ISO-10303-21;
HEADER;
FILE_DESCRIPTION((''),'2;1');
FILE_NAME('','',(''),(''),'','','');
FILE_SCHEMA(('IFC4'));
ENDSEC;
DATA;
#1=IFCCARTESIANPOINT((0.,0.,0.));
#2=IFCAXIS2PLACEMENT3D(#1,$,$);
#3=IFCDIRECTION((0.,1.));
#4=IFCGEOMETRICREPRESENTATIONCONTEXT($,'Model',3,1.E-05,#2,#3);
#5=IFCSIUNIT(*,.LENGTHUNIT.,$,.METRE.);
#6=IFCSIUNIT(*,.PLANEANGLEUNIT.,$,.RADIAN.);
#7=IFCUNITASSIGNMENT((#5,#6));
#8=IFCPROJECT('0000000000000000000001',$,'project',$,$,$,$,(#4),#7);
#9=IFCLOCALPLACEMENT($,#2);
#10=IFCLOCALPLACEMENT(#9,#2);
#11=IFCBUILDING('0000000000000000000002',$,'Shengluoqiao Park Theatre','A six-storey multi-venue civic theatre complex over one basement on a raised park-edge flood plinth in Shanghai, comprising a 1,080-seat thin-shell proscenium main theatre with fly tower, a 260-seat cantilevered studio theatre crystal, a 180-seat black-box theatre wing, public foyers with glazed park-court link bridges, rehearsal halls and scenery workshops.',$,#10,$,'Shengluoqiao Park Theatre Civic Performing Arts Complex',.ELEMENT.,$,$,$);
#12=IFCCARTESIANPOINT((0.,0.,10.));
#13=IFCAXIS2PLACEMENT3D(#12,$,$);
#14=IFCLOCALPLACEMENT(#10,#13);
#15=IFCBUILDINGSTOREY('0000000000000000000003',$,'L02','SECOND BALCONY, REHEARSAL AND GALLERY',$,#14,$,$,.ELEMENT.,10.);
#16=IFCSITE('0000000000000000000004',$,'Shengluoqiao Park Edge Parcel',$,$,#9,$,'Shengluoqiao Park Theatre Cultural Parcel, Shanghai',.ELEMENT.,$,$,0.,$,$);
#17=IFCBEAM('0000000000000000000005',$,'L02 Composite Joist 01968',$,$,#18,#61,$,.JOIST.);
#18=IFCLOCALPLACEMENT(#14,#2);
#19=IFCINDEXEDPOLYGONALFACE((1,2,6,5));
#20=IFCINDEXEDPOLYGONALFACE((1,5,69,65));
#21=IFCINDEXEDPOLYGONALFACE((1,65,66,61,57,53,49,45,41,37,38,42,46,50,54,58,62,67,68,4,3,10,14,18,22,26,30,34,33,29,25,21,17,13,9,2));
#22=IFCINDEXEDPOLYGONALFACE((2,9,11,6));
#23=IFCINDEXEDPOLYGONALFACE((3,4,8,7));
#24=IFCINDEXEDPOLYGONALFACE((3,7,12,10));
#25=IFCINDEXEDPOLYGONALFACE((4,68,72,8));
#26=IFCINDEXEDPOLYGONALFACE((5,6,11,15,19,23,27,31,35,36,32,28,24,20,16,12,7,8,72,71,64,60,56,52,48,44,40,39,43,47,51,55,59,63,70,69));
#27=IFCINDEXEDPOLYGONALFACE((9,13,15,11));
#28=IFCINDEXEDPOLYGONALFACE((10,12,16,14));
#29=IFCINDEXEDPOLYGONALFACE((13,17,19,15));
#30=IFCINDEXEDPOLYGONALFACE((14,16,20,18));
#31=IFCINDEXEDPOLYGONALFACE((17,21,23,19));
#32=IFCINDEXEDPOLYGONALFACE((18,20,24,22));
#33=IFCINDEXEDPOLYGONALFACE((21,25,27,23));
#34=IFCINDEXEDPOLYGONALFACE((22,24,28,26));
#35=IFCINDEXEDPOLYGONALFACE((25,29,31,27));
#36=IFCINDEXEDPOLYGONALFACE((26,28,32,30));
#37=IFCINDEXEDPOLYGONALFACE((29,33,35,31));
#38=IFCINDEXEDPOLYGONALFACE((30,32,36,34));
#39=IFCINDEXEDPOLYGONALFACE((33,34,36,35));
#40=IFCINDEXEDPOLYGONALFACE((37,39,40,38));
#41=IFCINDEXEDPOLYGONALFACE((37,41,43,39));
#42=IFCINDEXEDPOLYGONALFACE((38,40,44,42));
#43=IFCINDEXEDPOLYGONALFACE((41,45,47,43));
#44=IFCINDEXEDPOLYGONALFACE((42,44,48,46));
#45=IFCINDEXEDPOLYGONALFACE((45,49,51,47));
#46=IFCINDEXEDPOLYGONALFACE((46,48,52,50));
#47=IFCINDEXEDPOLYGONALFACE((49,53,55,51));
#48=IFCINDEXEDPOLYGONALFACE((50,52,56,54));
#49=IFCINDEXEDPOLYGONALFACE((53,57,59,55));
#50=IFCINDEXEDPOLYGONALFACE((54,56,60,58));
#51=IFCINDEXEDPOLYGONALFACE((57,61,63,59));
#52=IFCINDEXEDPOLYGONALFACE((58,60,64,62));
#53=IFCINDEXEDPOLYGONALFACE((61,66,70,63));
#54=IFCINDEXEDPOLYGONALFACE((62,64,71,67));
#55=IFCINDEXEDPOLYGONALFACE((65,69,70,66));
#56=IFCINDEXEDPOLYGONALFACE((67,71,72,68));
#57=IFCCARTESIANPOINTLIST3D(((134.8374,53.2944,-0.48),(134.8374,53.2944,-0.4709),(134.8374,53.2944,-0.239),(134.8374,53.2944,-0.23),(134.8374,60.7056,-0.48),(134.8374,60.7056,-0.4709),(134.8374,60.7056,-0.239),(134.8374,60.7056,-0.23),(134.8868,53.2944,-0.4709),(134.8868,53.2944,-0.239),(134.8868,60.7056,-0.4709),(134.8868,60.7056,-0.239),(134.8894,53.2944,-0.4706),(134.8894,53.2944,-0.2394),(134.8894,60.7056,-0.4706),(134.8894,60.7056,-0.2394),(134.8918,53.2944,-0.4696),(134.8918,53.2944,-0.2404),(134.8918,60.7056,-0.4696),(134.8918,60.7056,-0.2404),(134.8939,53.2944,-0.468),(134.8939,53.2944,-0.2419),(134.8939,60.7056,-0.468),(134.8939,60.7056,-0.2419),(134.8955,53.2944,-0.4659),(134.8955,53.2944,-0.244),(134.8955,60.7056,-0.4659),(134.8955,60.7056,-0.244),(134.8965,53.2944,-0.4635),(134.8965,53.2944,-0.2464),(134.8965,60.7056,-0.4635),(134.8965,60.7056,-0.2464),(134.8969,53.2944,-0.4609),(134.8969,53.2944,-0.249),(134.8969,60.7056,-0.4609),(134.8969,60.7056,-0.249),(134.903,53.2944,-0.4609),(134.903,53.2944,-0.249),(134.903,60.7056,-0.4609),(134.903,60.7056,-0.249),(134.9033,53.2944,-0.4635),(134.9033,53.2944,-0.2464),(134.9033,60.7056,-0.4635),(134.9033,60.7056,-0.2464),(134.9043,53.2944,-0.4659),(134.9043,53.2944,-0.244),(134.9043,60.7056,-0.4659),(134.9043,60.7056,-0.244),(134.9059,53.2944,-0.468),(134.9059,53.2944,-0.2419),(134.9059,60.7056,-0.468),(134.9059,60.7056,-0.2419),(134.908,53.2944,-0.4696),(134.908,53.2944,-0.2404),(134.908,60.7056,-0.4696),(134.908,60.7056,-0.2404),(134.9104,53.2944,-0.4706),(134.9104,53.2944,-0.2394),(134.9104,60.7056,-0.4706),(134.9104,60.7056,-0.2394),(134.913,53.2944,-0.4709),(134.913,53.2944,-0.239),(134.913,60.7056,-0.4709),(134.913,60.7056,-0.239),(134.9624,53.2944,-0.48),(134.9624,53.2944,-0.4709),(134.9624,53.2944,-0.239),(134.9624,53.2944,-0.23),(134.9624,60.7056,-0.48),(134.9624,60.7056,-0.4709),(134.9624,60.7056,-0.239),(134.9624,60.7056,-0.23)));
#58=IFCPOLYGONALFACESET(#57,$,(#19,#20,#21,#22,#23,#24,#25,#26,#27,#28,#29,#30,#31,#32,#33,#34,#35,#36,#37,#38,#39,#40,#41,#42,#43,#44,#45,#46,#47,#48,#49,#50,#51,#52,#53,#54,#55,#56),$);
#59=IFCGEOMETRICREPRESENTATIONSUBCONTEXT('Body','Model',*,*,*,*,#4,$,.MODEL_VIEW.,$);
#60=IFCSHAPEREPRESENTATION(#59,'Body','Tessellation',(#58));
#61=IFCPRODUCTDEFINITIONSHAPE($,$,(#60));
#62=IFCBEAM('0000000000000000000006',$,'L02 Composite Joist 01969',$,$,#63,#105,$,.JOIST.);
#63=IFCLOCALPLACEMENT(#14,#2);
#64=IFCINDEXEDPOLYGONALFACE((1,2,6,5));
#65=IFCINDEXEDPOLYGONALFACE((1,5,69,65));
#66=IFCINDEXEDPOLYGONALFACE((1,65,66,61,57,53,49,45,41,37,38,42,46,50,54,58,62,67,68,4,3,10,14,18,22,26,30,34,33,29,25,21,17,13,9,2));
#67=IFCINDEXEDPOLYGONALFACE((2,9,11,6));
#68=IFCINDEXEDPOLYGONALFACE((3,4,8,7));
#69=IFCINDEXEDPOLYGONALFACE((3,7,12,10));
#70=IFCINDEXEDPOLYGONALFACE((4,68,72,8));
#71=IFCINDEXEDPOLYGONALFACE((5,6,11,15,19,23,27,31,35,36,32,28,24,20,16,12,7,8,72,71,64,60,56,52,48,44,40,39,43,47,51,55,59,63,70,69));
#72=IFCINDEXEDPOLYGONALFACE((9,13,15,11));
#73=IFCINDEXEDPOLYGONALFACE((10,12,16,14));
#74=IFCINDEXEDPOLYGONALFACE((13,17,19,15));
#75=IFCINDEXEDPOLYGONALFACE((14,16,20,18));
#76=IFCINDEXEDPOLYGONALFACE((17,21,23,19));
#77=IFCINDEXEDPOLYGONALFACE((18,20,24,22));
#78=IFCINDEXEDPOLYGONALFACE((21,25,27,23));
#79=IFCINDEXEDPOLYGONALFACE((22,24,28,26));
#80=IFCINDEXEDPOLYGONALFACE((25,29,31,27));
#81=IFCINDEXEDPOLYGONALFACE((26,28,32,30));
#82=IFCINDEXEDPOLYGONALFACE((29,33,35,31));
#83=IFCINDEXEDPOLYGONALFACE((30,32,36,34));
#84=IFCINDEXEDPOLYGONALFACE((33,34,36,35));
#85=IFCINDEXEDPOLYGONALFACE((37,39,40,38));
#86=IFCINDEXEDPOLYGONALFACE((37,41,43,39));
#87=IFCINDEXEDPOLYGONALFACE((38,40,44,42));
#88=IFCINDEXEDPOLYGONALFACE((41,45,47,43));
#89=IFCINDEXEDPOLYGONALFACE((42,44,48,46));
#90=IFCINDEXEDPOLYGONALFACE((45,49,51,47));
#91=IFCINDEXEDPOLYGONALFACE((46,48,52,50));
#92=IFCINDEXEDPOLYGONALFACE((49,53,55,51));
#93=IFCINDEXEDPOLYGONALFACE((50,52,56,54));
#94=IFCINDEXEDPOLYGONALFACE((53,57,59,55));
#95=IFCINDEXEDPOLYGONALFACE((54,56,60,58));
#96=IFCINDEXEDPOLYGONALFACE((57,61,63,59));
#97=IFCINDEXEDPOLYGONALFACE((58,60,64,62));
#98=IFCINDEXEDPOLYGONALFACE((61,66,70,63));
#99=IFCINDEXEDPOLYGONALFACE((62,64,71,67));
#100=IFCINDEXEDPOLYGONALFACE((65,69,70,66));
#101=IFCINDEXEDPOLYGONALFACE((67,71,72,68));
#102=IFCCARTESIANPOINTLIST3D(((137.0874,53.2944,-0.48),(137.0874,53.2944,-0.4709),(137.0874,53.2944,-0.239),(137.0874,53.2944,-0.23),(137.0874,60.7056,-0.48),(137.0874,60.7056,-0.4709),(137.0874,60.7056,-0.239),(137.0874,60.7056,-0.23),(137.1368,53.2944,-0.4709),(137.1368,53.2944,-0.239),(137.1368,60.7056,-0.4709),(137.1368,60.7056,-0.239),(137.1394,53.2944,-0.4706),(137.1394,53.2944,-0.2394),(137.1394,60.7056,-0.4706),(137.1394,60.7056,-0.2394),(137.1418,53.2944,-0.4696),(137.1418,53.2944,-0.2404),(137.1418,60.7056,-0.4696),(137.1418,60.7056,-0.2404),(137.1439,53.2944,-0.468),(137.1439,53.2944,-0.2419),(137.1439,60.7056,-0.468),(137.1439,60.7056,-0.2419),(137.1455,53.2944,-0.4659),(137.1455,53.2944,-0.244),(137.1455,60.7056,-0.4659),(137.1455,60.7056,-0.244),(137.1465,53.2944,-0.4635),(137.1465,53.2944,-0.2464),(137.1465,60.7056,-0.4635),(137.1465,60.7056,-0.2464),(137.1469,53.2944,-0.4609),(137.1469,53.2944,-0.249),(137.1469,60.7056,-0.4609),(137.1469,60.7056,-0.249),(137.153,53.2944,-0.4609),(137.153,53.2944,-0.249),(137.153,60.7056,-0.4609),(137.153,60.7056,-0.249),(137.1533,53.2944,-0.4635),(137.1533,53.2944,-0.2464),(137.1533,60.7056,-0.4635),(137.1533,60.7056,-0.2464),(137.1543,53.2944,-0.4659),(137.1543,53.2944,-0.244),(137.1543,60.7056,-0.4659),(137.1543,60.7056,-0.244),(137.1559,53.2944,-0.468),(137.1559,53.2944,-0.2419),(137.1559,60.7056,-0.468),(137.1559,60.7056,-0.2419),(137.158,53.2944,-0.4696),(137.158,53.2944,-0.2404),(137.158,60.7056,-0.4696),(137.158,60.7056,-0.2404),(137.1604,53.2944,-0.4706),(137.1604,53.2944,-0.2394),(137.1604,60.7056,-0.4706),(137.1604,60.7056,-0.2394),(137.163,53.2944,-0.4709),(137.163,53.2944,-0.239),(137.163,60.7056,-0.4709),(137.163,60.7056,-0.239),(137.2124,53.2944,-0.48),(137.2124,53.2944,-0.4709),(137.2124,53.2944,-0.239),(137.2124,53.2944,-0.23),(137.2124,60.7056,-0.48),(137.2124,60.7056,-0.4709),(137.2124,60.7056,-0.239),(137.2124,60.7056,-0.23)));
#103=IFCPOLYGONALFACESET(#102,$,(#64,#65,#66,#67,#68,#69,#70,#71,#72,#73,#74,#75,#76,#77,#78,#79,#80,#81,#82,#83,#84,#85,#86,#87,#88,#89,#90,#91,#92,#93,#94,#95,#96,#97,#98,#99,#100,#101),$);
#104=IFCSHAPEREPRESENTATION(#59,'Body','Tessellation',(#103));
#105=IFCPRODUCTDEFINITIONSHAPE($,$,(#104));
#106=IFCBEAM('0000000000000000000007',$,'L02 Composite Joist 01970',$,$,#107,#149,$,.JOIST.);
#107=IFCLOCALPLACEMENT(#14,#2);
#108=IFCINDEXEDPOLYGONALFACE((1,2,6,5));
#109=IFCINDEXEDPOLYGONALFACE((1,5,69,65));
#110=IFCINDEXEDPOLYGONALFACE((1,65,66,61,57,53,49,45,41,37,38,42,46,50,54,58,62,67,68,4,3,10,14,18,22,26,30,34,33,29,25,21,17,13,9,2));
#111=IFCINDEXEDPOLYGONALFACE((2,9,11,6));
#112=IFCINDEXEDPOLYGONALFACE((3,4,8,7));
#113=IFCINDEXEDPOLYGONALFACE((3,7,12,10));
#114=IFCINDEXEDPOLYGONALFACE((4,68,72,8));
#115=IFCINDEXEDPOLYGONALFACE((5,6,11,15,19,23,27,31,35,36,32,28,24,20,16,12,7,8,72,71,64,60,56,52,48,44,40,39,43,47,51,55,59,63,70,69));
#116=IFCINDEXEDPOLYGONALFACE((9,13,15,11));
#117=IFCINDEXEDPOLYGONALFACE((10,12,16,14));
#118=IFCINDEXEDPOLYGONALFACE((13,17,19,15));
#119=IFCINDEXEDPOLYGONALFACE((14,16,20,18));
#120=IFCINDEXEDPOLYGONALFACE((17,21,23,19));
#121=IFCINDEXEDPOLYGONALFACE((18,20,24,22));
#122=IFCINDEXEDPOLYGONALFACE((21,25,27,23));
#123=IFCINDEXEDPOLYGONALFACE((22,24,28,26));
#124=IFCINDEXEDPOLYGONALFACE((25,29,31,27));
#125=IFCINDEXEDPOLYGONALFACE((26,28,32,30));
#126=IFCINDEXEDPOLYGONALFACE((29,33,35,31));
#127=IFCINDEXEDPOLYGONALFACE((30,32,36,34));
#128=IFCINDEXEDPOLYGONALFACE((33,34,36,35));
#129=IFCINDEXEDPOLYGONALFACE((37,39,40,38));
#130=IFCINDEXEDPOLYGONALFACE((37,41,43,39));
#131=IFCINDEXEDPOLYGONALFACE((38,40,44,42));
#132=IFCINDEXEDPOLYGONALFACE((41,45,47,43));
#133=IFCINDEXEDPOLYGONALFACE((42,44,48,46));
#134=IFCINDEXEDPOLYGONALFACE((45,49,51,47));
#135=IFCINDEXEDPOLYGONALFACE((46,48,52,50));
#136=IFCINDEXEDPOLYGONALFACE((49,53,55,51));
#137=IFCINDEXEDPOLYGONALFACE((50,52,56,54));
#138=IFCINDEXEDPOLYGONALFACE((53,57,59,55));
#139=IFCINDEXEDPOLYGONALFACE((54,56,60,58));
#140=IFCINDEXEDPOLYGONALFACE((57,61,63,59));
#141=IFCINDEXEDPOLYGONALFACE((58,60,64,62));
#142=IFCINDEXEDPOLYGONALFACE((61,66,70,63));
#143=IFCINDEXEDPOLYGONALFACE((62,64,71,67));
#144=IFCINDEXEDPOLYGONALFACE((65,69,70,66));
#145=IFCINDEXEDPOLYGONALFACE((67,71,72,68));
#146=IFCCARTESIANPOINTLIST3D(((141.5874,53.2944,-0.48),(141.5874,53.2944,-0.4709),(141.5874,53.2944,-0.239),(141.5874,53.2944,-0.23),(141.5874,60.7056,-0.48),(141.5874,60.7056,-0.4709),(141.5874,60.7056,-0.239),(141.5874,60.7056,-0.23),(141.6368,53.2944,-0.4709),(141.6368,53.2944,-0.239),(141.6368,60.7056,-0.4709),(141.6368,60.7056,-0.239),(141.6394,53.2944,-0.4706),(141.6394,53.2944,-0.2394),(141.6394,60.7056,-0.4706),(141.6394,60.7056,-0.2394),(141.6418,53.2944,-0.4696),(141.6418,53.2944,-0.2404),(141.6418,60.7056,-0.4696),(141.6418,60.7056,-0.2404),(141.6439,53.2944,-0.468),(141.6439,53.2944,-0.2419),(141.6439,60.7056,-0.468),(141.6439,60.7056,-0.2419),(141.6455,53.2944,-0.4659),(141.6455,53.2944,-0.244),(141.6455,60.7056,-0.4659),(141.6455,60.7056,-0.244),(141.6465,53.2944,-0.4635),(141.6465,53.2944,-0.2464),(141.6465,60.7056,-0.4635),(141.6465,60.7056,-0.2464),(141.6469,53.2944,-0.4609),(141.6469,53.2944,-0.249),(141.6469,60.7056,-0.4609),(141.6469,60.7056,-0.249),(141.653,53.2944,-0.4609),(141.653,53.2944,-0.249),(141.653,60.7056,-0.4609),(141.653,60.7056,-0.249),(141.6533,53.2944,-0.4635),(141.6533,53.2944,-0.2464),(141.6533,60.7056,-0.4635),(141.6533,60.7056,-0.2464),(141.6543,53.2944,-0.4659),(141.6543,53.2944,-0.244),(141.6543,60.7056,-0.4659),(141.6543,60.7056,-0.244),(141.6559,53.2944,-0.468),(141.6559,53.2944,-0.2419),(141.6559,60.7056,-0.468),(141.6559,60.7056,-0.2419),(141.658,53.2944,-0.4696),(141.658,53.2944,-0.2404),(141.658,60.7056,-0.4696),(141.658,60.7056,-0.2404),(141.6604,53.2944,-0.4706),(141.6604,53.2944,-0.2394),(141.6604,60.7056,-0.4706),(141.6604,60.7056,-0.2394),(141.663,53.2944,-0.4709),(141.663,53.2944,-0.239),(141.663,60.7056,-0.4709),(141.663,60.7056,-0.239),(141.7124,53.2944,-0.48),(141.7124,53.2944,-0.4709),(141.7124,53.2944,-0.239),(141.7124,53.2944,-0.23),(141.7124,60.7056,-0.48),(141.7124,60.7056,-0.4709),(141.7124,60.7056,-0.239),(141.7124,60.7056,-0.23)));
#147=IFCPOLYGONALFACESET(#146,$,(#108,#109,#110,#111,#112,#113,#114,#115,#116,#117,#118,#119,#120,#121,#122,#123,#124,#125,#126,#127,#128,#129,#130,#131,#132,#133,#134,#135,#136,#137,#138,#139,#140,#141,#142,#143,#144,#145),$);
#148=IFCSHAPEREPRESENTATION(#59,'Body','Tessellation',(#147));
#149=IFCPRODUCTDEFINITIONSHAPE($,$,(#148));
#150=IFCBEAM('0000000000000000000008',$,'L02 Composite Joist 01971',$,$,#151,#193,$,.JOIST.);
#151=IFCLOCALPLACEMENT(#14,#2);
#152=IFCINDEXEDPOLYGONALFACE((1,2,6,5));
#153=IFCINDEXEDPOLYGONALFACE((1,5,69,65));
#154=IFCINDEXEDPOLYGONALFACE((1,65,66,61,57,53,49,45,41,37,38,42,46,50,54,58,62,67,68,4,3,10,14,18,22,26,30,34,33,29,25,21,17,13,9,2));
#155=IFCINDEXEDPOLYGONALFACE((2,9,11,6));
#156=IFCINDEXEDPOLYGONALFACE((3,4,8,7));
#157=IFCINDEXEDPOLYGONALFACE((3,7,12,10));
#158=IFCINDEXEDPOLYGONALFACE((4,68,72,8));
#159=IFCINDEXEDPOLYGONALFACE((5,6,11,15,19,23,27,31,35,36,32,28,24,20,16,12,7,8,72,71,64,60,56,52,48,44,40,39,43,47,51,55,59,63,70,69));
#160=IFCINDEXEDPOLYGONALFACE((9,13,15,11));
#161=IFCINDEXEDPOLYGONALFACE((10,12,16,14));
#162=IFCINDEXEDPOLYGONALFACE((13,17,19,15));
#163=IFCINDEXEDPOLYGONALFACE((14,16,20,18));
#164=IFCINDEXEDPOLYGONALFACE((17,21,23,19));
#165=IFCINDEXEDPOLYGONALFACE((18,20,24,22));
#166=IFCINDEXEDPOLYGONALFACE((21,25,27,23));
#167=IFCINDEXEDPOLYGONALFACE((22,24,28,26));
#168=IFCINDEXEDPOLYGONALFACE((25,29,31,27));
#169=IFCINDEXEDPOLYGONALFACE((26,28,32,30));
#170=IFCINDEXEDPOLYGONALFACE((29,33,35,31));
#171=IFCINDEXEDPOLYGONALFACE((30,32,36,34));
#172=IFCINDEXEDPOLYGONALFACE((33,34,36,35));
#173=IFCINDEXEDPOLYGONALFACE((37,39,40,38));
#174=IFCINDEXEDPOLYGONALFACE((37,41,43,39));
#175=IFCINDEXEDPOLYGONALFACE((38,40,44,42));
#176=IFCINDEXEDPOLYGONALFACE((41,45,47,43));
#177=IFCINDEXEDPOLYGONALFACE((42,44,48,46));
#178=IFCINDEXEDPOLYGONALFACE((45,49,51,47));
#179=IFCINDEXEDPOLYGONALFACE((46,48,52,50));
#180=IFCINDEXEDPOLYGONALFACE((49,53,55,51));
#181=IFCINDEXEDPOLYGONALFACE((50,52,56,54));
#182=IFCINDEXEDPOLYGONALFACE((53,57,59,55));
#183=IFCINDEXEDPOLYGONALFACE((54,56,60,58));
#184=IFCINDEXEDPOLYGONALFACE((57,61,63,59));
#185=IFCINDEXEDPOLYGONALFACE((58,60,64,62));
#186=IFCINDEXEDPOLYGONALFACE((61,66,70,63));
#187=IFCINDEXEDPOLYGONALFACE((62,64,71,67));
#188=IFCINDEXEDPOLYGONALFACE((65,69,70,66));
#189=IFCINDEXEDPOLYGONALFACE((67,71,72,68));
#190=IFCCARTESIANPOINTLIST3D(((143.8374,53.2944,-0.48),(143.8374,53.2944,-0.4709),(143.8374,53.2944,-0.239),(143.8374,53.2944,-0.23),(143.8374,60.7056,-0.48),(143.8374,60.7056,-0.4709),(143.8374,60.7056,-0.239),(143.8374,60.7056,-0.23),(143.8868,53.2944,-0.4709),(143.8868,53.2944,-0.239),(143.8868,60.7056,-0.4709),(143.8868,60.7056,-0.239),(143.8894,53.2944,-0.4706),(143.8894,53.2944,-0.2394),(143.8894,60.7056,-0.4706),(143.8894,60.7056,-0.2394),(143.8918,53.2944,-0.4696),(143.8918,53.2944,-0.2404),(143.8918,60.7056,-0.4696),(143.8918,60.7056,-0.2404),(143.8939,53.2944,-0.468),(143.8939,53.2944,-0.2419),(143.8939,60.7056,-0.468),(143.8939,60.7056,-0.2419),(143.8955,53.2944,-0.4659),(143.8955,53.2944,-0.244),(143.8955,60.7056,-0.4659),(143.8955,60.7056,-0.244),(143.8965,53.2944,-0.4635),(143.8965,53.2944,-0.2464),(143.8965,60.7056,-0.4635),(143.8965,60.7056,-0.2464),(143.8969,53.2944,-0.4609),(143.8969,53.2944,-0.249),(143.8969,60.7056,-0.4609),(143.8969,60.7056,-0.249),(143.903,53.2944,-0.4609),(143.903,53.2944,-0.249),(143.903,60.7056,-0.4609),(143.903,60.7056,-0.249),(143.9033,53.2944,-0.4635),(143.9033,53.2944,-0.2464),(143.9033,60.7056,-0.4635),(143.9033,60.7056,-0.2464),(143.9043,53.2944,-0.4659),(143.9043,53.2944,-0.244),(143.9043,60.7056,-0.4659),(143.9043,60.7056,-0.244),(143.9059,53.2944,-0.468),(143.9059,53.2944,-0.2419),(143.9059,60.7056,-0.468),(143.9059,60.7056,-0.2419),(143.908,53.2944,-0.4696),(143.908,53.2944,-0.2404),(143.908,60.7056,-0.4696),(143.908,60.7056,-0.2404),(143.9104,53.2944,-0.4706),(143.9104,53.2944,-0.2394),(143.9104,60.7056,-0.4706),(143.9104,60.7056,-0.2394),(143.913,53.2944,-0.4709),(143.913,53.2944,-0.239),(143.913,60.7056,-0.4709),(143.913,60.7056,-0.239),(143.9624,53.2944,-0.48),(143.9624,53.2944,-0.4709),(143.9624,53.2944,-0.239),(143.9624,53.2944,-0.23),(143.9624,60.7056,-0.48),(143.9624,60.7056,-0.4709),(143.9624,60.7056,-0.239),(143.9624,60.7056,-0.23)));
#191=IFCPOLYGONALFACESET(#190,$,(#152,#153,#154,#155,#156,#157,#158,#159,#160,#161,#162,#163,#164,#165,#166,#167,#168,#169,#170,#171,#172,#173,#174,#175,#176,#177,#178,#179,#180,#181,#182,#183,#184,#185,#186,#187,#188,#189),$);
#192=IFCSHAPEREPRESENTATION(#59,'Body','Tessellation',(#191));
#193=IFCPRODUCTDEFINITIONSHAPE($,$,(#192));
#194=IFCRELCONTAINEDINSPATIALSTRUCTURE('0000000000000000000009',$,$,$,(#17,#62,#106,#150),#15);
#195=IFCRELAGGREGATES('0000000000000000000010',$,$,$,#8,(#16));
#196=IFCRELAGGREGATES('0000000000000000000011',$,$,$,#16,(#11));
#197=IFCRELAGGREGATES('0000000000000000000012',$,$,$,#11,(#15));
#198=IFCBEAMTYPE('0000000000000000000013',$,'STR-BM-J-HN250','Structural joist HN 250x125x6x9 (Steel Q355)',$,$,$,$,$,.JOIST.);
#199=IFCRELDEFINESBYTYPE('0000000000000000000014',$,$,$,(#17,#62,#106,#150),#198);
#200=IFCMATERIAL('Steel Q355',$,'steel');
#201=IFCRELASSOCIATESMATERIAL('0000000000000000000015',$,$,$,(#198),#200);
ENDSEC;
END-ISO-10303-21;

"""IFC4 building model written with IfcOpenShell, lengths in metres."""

from ifc_helpers import new_model, si_unit, direction, frame, origin, origin_2d, place, context, subcontext, project, spatial, i_section, extrude, material, material_profile, profile_set, type_object, element, save


model = new_model("IFC4")

# Units and contexts
model_context = context("Model", 3, precision=1e-05, world=origin(), true_north=direction((0.0, 1.0)))
body_context = subcontext(model_context, "Body", "Model", "MODEL_VIEW")
ifc_project = project(units=[si_unit("LENGTHUNIT", "METRE"), si_unit("PLANEANGLEUNIT", "RADIAN")], contexts=[model_context])

# Site, building, storey
site_placement = place(None, origin())
site = spatial("IfcSite", under=ifc_project, at=site_placement, Name="Shengluoqiao Park Edge Parcel", LongName="Shengluoqiao Park Theatre Cultural Parcel, Shanghai", CompositionType="ELEMENT", RefElevation=0.0)
building_placement = place(site_placement, origin())
building = spatial("IfcBuilding", under=site, at=building_placement, Name="Shengluoqiao Park Theatre", Description="A six-storey multi-venue civic theatre complex over one basement on a raised park-edge flood plinth in Shanghai, comprising a 1,080-seat thin-shell proscenium main theatre with fly tower, a 260-seat cantilevered studio theatre crystal, a 180-seat black-box theatre wing, public foyers with glazed park-court link bridges, rehearsal halls and scenery workshops.", LongName="Shengluoqiao Park Theatre Civic Performing Arts Complex", CompositionType="ELEMENT")
storey_placement = place(building_placement, frame((0.0, 0.0, 10.0)))
storey = spatial("IfcBuildingStorey", under=building, at=storey_placement, Name="L02", Description="SECOND BALCONY, REHEARSAL AND GALLERY", CompositionType="ELEMENT", Elevation=10.0)

# Beams
ifc_material_1 = material(Name="Steel Q355", Category="steel")
ifc_material_profile_1 = material_profile(ifc_material_1, i_section(OverallWidth=0.125, OverallDepth=0.25, WebThickness=0.0061, FlangeThickness=0.009, FilletRadius=0.01, at=origin_2d()), Name="HN 250x125x6x9")
ifc_profile_set_1 = profile_set([ifc_material_profile_1], Name="Steel Q355")
beam_type_1 = type_object("IfcBeamType", Name="STR-BM-J-HN250", Description="Structural joist HN 250x125x6x9 (Steel Q355)", PredefinedType="JOIST", material=ifc_profile_set_1)
for number, where, z_axis, x_axis, name in (
    (1, (134.8999, 53.2944, -0.355), (0.0, 1.0, 0.0), (-1.0, 0.0, 0.0), "L02 Composite Joist 01968"),
    (2, (137.1499, 53.2944, -0.355), (0.0, 1.0, 0.0), (-1.0, 0.0, 0.0), "L02 Composite Joist 01969"),
    (3, (141.6499, 53.2944, -0.355), (0.0, 1.0, 0.0), (-1.0, 0.0, 0.0), "L02 Composite Joist 01970"),
    (4, (143.8999, 53.2944, -0.355), (0.0, 1.0, 0.0), (-1.0, 0.0, 0.0), "L02 Composite Joist 01971"),
):
    element("IfcBeam", number, at=place(storey_placement, frame(where, z_axis=z_axis, x_axis=x_axis)), inside=storey, type_object=beam_type_1, Name=name, PredefinedType="JOIST", context=body_context, shape_type="SweptSolid", body=[
        extrude(i_section(OverallWidth=0.125, OverallDepth=0.25, WebThickness=0.0061, FlangeThickness=0.009, FilletRadius=0.01, at=origin_2d()), origin(), (0.0, 0.0, 1.0), 7.4111),
    ])

save(model, "model.ifc")
